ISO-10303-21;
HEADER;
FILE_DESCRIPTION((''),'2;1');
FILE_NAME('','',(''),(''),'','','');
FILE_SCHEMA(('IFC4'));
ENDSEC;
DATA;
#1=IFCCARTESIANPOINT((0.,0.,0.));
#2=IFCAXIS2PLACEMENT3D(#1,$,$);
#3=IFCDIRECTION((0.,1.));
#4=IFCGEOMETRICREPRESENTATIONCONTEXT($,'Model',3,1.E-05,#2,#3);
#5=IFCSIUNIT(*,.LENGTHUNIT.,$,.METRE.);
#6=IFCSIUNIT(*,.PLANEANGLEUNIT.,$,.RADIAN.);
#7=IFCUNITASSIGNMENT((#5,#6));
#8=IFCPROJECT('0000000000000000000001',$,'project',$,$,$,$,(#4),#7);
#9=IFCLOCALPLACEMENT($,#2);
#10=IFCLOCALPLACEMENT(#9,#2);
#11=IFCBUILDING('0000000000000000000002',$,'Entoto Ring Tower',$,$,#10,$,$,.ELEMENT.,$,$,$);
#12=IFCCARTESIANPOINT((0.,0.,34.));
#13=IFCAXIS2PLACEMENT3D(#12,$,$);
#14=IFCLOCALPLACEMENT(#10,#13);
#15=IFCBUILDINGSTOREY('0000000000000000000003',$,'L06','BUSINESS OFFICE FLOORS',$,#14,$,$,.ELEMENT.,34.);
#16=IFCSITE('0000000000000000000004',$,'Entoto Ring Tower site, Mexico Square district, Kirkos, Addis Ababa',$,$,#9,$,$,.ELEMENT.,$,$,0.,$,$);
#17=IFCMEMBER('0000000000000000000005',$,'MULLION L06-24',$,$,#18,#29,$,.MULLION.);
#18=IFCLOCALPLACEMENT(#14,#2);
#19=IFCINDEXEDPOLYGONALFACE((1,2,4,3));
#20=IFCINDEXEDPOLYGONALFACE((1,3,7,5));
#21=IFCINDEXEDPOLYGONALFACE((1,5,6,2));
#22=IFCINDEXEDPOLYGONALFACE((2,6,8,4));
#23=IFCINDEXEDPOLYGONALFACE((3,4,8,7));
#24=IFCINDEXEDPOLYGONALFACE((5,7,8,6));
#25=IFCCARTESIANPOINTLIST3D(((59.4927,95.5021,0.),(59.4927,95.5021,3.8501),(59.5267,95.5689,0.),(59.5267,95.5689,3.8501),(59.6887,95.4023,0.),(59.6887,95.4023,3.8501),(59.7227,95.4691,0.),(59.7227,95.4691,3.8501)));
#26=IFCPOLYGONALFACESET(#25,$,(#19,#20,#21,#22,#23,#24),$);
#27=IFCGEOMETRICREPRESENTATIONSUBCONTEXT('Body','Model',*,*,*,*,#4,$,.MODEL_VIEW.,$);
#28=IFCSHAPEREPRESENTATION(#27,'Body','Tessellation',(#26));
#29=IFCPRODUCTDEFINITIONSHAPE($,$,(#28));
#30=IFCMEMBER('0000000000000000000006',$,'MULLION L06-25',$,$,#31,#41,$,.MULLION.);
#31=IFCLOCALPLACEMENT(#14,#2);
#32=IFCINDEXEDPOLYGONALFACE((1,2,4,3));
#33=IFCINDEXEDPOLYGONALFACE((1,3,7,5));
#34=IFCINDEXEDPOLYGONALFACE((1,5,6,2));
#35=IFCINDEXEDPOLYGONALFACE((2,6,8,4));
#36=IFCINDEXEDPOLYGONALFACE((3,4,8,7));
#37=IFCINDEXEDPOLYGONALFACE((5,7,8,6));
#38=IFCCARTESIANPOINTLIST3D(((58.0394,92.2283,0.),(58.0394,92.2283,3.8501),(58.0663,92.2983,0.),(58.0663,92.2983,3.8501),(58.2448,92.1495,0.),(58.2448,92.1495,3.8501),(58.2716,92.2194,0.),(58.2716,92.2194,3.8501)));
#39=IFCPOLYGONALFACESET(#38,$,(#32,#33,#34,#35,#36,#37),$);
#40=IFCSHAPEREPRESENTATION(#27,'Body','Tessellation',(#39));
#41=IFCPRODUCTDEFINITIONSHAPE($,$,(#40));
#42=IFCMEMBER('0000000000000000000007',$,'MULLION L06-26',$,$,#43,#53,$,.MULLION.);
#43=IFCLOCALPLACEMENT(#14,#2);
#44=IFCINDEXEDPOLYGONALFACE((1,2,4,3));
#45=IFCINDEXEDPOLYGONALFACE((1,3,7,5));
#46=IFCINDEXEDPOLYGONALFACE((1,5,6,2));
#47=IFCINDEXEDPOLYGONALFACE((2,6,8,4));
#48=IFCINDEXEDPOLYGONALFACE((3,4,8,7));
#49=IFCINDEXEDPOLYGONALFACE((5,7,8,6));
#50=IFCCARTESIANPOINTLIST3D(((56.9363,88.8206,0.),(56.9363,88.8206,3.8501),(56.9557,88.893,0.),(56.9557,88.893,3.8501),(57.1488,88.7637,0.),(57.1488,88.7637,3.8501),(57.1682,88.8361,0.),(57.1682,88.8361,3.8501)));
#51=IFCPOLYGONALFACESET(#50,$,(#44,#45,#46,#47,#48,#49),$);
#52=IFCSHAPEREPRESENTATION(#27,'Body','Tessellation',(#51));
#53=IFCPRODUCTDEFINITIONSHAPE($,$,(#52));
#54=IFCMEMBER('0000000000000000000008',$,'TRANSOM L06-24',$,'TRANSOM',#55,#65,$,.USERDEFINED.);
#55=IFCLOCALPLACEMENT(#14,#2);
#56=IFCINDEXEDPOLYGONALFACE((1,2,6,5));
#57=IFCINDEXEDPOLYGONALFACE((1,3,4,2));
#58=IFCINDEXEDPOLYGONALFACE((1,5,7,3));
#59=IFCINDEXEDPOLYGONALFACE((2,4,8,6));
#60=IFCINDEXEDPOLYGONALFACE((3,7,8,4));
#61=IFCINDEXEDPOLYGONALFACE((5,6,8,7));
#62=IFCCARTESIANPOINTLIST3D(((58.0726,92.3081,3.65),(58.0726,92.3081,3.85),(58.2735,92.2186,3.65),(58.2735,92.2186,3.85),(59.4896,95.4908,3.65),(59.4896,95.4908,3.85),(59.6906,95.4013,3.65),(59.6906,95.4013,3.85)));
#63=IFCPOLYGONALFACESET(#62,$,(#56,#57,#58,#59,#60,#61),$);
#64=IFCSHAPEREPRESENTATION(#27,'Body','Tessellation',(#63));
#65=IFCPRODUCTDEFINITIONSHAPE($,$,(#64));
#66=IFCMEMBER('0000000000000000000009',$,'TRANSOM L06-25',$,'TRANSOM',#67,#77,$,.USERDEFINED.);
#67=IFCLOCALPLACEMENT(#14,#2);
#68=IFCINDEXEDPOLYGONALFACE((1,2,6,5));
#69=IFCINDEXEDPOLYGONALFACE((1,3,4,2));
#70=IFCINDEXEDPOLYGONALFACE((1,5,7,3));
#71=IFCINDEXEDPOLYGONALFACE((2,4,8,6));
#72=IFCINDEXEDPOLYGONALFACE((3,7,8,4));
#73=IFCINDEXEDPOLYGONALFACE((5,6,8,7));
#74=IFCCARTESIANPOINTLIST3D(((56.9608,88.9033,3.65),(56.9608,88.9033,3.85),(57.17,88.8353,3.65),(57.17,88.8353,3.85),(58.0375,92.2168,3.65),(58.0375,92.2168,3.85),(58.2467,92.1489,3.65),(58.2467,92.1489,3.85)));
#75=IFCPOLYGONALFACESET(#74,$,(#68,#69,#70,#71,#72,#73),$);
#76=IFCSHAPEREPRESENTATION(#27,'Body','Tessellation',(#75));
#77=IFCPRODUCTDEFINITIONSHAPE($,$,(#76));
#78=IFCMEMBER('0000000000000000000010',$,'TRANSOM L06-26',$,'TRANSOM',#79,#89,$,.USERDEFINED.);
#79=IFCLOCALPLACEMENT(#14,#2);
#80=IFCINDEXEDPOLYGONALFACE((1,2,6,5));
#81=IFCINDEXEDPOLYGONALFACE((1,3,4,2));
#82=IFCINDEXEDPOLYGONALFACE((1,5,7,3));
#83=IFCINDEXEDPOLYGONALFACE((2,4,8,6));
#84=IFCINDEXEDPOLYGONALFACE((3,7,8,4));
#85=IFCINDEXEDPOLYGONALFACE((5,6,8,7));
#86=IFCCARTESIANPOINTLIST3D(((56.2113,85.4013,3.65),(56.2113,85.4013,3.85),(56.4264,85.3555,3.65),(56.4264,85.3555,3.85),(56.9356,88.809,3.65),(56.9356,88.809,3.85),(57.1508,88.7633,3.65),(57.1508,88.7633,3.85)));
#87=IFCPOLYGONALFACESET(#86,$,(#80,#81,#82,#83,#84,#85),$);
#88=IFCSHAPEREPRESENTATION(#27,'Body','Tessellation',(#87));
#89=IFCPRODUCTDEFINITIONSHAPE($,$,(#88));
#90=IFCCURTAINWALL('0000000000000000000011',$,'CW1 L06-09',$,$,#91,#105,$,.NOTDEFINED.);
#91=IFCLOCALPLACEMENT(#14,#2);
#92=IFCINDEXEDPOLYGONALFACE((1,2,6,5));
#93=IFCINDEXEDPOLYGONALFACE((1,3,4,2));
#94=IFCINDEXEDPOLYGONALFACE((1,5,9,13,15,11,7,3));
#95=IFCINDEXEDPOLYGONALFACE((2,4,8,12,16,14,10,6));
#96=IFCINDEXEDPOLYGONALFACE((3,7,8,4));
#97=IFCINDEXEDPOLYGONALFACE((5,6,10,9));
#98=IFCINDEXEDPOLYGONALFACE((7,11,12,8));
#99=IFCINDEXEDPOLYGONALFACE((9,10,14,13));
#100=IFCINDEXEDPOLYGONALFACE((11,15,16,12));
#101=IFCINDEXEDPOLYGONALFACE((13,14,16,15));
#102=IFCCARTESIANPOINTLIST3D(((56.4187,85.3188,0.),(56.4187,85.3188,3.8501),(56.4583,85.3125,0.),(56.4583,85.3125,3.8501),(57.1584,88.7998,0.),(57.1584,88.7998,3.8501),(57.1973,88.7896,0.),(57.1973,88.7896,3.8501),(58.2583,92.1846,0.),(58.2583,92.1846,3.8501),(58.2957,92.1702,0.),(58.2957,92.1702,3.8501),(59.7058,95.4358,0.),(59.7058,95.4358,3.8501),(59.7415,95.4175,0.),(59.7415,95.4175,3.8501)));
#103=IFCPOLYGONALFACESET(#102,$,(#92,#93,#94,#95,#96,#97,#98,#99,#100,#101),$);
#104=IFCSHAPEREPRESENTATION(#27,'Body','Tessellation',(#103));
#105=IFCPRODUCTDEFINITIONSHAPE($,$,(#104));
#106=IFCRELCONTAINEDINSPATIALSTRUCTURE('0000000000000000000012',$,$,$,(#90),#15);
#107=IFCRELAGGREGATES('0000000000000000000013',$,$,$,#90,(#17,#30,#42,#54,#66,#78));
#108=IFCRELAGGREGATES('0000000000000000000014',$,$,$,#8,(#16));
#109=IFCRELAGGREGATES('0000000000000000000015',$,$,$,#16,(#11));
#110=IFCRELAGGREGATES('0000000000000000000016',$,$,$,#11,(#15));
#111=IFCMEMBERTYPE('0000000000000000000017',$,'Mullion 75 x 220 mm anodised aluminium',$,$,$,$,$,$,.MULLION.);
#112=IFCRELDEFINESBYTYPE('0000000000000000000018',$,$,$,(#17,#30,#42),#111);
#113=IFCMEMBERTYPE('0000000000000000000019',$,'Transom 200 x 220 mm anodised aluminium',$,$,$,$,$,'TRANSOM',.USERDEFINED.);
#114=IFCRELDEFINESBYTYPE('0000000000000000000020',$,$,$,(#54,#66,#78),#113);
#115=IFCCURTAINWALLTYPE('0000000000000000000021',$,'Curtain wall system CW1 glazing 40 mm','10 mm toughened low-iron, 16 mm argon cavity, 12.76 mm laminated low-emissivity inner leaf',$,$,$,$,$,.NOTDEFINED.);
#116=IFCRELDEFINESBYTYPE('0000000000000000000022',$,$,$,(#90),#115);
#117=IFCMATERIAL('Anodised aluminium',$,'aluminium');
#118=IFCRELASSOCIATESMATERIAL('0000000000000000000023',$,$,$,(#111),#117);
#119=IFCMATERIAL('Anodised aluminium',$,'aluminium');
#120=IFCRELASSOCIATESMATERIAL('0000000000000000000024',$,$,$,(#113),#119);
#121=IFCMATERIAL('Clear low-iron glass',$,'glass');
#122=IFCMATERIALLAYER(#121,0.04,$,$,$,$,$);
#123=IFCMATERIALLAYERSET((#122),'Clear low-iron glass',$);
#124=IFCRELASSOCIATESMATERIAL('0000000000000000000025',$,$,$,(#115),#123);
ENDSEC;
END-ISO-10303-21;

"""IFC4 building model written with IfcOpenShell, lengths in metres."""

from ifc_helpers import new_model, si_unit, direction, frame, origin, origin_2d, place, context, subcontext, project, spatial, polyline, rectangle, outline, extrude, material, layer, layer_set, material_profile, profile_set, type_object, element, aggregate, save


model = new_model("IFC4")

# Units and contexts
model_context = context("Model", 3, precision=1e-05, world=origin(), true_north=direction((0.0, 1.0)))
body_context = subcontext(model_context, "Body", "Model", "MODEL_VIEW")
ifc_project = project(units=[si_unit("LENGTHUNIT", "METRE"), si_unit("PLANEANGLEUNIT", "RADIAN")], contexts=[model_context])

# Members
ifc_material_1 = material(Name="Anodised aluminium", Category="aluminium")
ifc_material_profile_1 = material_profile(ifc_material_1, rectangle(XDim=0.075, YDim=0.22, at=origin_2d()), Name="Mullion 75 x 220 mm anodised aluminium")
ifc_profile_set_1 = profile_set([ifc_material_profile_1], Name="Anodised aluminium")
member_type_1 = type_object("IfcMemberType", Name="Mullion 75 x 220 mm anodised aluminium", PredefinedType="MULLION", material=ifc_profile_set_1)
site_placement = place(None, origin())
building_placement = place(site_placement, origin())
storey_placement = place(building_placement, frame((0.0, 0.0, 34.0)))
member_1_placement = place(storey_placement, frame((59.6077, 95.4856, 0.0), z_axis=(0.0, 0.0, 1.0), x_axis=(-0.45399, -0.891007, 0.0)))
member_1 = element("IfcMember", 1, at=member_1_placement, type_object=member_type_1, Name="MULLION L06-24", PredefinedType="MULLION", context=body_context, shape_type="SweptSolid", body=[
    extrude(rectangle(XDim=0.075, YDim=0.22, at=origin_2d()), origin(), (0.0, 0.0, 1.0), 3.8501),
])
member_2_placement = place(storey_placement, frame((58.1555, 92.2239, 0.0), z_axis=(0.0, 0.0, 1.0), x_axis=(-0.358368, -0.93358, 0.0)))
member_2 = element("IfcMember", 2, at=member_2_placement, type_object=member_type_1, Name="MULLION L06-25", PredefinedType="MULLION", context=body_context, shape_type="SweptSolid", body=[
    extrude(rectangle(XDim=0.075, YDim=0.22, at=origin_2d()), origin(), (0.0, 0.0, 1.0), 3.8501),
])
member_3_placement = place(storey_placement, frame((57.0522, 88.8284, 0.0), z_axis=(0.0, 0.0, 1.0), x_axis=(-0.258819, -0.965926, 0.0)))
member_3 = element("IfcMember", 3, at=member_3_placement, type_object=member_type_1, Name="MULLION L06-26", PredefinedType="MULLION", context=body_context, shape_type="SweptSolid", body=[
    extrude(rectangle(XDim=0.075, YDim=0.22, at=origin_2d()), origin(), (0.0, 0.0, 1.0), 3.8501),
])
ifc_material_2 = material(Name="Anodised aluminium", Category="aluminium")
ifc_material_profile_2 = material_profile(ifc_material_2, rectangle(XDim=0.22, YDim=0.2, at=origin_2d()), Name="Transom 200 x 220 mm anodised aluminium")
ifc_profile_set_2 = profile_set([ifc_material_profile_2], Name="Anodised aluminium")
member_type_2 = type_object("IfcMemberType", Name="Transom 200 x 220 mm anodised aluminium", ElementType="TRANSOM", PredefinedType="USERDEFINED", material=ifc_profile_set_2)
member_4_placement = place(storey_placement, frame((59.5901, 95.446, 3.75), z_axis=(-0.406737, -0.913545, 0.0), x_axis=(0.913545, -0.406737, 0.0)))
member_4 = element("IfcMember", 4, at=member_4_placement, type_object=member_type_2, Name="TRANSOM L06-24", ObjectType="TRANSOM", PredefinedType="USERDEFINED", context=body_context, shape_type="SweptSolid", body=[
    extrude(rectangle(XDim=0.22, YDim=0.2, at=origin_2d()), origin(), (0.0, 0.0, 1.0), 3.4839),
])
member_5_placement = place(storey_placement, frame((58.1421, 92.1829, 3.75), z_axis=(-0.309029, -0.951053, 0.0), x_axis=(0.951053, -0.309029, 0.0)))
member_5 = element("IfcMember", 5, at=member_5_placement, type_object=member_type_2, Name="TRANSOM L06-25", ObjectType="TRANSOM", PredefinedType="USERDEFINED", context=body_context, shape_type="SweptSolid", body=[
    extrude(rectangle(XDim=0.22, YDim=0.2, at=origin_2d()), origin(), (0.0, 0.0, 1.0), 3.4841),
])
member_6_placement = place(storey_placement, frame((57.0432, 88.7861, 3.75), z_axis=(-0.207921, -0.978146, 0.0), x_axis=(0.978146, -0.207921, 0.0)))
member_6 = element("IfcMember", 6, at=member_6_placement, type_object=member_type_2, Name="TRANSOM L06-26", ObjectType="TRANSOM", PredefinedType="USERDEFINED", context=body_context, shape_type="SweptSolid", body=[
    extrude(rectangle(XDim=0.22, YDim=0.2, at=origin_2d()), origin(), (0.0, 0.0, 1.0), 3.4839),
])

# Site, building, storey
site = spatial("IfcSite", under=ifc_project, at=site_placement, Name="Entoto Ring Tower site, Mexico Square district, Kirkos, Addis Ababa", CompositionType="ELEMENT", RefElevation=0.0)
building = spatial("IfcBuilding", under=site, at=building_placement, Name="Entoto Ring Tower", CompositionType="ELEMENT")
storey = spatial("IfcBuildingStorey", under=building, at=storey_placement, Name="L06", Description="BUSINESS OFFICE FLOORS", CompositionType="ELEMENT", Elevation=34.0)

# Curtain wall
ifc_material_3 = material(Name="Clear low-iron glass", Category="glass")
ifc_layer = layer(ifc_material_3, 0.04)
ifc_layer_set = layer_set([ifc_layer], Name="Clear low-iron glass")
curtain_wall_type = type_object("IfcCurtainWallType", Name="Curtain wall system CW1 glazing 40 mm", Description="10 mm toughened low-iron, 16 mm argon cavity, 12.76 mm laminated low-emissivity inner leaf", PredefinedType="NOTDEFINED", material=ifc_layer_set)
curtain_wall_1_placement = place(storey_placement, origin())
curtain_wall_1 = element("IfcCurtainWall", 7, at=curtain_wall_1_placement, inside=storey, type_object=curtain_wall_type, Name="CW1 L06-09", PredefinedType="NOTDEFINED", context=body_context, shape_type="SweptSolid", body=[
    extrude(outline(polyline([(59.7058, 95.4358), (58.2583, 92.1846), (57.1584, 88.7998), (56.4187, 85.3188), (56.4583, 85.3125), (57.1973, 88.7896), (58.2957, 92.1702), (59.7415, 95.4175), (59.7058, 95.4358)])), origin(), (0.0, 0.0, 1.0), 3.8501),
])
aggregate(curtain_wall_1, [member_1, member_2, member_3, member_4, member_5, member_6])

save(model, "model.ifc")
